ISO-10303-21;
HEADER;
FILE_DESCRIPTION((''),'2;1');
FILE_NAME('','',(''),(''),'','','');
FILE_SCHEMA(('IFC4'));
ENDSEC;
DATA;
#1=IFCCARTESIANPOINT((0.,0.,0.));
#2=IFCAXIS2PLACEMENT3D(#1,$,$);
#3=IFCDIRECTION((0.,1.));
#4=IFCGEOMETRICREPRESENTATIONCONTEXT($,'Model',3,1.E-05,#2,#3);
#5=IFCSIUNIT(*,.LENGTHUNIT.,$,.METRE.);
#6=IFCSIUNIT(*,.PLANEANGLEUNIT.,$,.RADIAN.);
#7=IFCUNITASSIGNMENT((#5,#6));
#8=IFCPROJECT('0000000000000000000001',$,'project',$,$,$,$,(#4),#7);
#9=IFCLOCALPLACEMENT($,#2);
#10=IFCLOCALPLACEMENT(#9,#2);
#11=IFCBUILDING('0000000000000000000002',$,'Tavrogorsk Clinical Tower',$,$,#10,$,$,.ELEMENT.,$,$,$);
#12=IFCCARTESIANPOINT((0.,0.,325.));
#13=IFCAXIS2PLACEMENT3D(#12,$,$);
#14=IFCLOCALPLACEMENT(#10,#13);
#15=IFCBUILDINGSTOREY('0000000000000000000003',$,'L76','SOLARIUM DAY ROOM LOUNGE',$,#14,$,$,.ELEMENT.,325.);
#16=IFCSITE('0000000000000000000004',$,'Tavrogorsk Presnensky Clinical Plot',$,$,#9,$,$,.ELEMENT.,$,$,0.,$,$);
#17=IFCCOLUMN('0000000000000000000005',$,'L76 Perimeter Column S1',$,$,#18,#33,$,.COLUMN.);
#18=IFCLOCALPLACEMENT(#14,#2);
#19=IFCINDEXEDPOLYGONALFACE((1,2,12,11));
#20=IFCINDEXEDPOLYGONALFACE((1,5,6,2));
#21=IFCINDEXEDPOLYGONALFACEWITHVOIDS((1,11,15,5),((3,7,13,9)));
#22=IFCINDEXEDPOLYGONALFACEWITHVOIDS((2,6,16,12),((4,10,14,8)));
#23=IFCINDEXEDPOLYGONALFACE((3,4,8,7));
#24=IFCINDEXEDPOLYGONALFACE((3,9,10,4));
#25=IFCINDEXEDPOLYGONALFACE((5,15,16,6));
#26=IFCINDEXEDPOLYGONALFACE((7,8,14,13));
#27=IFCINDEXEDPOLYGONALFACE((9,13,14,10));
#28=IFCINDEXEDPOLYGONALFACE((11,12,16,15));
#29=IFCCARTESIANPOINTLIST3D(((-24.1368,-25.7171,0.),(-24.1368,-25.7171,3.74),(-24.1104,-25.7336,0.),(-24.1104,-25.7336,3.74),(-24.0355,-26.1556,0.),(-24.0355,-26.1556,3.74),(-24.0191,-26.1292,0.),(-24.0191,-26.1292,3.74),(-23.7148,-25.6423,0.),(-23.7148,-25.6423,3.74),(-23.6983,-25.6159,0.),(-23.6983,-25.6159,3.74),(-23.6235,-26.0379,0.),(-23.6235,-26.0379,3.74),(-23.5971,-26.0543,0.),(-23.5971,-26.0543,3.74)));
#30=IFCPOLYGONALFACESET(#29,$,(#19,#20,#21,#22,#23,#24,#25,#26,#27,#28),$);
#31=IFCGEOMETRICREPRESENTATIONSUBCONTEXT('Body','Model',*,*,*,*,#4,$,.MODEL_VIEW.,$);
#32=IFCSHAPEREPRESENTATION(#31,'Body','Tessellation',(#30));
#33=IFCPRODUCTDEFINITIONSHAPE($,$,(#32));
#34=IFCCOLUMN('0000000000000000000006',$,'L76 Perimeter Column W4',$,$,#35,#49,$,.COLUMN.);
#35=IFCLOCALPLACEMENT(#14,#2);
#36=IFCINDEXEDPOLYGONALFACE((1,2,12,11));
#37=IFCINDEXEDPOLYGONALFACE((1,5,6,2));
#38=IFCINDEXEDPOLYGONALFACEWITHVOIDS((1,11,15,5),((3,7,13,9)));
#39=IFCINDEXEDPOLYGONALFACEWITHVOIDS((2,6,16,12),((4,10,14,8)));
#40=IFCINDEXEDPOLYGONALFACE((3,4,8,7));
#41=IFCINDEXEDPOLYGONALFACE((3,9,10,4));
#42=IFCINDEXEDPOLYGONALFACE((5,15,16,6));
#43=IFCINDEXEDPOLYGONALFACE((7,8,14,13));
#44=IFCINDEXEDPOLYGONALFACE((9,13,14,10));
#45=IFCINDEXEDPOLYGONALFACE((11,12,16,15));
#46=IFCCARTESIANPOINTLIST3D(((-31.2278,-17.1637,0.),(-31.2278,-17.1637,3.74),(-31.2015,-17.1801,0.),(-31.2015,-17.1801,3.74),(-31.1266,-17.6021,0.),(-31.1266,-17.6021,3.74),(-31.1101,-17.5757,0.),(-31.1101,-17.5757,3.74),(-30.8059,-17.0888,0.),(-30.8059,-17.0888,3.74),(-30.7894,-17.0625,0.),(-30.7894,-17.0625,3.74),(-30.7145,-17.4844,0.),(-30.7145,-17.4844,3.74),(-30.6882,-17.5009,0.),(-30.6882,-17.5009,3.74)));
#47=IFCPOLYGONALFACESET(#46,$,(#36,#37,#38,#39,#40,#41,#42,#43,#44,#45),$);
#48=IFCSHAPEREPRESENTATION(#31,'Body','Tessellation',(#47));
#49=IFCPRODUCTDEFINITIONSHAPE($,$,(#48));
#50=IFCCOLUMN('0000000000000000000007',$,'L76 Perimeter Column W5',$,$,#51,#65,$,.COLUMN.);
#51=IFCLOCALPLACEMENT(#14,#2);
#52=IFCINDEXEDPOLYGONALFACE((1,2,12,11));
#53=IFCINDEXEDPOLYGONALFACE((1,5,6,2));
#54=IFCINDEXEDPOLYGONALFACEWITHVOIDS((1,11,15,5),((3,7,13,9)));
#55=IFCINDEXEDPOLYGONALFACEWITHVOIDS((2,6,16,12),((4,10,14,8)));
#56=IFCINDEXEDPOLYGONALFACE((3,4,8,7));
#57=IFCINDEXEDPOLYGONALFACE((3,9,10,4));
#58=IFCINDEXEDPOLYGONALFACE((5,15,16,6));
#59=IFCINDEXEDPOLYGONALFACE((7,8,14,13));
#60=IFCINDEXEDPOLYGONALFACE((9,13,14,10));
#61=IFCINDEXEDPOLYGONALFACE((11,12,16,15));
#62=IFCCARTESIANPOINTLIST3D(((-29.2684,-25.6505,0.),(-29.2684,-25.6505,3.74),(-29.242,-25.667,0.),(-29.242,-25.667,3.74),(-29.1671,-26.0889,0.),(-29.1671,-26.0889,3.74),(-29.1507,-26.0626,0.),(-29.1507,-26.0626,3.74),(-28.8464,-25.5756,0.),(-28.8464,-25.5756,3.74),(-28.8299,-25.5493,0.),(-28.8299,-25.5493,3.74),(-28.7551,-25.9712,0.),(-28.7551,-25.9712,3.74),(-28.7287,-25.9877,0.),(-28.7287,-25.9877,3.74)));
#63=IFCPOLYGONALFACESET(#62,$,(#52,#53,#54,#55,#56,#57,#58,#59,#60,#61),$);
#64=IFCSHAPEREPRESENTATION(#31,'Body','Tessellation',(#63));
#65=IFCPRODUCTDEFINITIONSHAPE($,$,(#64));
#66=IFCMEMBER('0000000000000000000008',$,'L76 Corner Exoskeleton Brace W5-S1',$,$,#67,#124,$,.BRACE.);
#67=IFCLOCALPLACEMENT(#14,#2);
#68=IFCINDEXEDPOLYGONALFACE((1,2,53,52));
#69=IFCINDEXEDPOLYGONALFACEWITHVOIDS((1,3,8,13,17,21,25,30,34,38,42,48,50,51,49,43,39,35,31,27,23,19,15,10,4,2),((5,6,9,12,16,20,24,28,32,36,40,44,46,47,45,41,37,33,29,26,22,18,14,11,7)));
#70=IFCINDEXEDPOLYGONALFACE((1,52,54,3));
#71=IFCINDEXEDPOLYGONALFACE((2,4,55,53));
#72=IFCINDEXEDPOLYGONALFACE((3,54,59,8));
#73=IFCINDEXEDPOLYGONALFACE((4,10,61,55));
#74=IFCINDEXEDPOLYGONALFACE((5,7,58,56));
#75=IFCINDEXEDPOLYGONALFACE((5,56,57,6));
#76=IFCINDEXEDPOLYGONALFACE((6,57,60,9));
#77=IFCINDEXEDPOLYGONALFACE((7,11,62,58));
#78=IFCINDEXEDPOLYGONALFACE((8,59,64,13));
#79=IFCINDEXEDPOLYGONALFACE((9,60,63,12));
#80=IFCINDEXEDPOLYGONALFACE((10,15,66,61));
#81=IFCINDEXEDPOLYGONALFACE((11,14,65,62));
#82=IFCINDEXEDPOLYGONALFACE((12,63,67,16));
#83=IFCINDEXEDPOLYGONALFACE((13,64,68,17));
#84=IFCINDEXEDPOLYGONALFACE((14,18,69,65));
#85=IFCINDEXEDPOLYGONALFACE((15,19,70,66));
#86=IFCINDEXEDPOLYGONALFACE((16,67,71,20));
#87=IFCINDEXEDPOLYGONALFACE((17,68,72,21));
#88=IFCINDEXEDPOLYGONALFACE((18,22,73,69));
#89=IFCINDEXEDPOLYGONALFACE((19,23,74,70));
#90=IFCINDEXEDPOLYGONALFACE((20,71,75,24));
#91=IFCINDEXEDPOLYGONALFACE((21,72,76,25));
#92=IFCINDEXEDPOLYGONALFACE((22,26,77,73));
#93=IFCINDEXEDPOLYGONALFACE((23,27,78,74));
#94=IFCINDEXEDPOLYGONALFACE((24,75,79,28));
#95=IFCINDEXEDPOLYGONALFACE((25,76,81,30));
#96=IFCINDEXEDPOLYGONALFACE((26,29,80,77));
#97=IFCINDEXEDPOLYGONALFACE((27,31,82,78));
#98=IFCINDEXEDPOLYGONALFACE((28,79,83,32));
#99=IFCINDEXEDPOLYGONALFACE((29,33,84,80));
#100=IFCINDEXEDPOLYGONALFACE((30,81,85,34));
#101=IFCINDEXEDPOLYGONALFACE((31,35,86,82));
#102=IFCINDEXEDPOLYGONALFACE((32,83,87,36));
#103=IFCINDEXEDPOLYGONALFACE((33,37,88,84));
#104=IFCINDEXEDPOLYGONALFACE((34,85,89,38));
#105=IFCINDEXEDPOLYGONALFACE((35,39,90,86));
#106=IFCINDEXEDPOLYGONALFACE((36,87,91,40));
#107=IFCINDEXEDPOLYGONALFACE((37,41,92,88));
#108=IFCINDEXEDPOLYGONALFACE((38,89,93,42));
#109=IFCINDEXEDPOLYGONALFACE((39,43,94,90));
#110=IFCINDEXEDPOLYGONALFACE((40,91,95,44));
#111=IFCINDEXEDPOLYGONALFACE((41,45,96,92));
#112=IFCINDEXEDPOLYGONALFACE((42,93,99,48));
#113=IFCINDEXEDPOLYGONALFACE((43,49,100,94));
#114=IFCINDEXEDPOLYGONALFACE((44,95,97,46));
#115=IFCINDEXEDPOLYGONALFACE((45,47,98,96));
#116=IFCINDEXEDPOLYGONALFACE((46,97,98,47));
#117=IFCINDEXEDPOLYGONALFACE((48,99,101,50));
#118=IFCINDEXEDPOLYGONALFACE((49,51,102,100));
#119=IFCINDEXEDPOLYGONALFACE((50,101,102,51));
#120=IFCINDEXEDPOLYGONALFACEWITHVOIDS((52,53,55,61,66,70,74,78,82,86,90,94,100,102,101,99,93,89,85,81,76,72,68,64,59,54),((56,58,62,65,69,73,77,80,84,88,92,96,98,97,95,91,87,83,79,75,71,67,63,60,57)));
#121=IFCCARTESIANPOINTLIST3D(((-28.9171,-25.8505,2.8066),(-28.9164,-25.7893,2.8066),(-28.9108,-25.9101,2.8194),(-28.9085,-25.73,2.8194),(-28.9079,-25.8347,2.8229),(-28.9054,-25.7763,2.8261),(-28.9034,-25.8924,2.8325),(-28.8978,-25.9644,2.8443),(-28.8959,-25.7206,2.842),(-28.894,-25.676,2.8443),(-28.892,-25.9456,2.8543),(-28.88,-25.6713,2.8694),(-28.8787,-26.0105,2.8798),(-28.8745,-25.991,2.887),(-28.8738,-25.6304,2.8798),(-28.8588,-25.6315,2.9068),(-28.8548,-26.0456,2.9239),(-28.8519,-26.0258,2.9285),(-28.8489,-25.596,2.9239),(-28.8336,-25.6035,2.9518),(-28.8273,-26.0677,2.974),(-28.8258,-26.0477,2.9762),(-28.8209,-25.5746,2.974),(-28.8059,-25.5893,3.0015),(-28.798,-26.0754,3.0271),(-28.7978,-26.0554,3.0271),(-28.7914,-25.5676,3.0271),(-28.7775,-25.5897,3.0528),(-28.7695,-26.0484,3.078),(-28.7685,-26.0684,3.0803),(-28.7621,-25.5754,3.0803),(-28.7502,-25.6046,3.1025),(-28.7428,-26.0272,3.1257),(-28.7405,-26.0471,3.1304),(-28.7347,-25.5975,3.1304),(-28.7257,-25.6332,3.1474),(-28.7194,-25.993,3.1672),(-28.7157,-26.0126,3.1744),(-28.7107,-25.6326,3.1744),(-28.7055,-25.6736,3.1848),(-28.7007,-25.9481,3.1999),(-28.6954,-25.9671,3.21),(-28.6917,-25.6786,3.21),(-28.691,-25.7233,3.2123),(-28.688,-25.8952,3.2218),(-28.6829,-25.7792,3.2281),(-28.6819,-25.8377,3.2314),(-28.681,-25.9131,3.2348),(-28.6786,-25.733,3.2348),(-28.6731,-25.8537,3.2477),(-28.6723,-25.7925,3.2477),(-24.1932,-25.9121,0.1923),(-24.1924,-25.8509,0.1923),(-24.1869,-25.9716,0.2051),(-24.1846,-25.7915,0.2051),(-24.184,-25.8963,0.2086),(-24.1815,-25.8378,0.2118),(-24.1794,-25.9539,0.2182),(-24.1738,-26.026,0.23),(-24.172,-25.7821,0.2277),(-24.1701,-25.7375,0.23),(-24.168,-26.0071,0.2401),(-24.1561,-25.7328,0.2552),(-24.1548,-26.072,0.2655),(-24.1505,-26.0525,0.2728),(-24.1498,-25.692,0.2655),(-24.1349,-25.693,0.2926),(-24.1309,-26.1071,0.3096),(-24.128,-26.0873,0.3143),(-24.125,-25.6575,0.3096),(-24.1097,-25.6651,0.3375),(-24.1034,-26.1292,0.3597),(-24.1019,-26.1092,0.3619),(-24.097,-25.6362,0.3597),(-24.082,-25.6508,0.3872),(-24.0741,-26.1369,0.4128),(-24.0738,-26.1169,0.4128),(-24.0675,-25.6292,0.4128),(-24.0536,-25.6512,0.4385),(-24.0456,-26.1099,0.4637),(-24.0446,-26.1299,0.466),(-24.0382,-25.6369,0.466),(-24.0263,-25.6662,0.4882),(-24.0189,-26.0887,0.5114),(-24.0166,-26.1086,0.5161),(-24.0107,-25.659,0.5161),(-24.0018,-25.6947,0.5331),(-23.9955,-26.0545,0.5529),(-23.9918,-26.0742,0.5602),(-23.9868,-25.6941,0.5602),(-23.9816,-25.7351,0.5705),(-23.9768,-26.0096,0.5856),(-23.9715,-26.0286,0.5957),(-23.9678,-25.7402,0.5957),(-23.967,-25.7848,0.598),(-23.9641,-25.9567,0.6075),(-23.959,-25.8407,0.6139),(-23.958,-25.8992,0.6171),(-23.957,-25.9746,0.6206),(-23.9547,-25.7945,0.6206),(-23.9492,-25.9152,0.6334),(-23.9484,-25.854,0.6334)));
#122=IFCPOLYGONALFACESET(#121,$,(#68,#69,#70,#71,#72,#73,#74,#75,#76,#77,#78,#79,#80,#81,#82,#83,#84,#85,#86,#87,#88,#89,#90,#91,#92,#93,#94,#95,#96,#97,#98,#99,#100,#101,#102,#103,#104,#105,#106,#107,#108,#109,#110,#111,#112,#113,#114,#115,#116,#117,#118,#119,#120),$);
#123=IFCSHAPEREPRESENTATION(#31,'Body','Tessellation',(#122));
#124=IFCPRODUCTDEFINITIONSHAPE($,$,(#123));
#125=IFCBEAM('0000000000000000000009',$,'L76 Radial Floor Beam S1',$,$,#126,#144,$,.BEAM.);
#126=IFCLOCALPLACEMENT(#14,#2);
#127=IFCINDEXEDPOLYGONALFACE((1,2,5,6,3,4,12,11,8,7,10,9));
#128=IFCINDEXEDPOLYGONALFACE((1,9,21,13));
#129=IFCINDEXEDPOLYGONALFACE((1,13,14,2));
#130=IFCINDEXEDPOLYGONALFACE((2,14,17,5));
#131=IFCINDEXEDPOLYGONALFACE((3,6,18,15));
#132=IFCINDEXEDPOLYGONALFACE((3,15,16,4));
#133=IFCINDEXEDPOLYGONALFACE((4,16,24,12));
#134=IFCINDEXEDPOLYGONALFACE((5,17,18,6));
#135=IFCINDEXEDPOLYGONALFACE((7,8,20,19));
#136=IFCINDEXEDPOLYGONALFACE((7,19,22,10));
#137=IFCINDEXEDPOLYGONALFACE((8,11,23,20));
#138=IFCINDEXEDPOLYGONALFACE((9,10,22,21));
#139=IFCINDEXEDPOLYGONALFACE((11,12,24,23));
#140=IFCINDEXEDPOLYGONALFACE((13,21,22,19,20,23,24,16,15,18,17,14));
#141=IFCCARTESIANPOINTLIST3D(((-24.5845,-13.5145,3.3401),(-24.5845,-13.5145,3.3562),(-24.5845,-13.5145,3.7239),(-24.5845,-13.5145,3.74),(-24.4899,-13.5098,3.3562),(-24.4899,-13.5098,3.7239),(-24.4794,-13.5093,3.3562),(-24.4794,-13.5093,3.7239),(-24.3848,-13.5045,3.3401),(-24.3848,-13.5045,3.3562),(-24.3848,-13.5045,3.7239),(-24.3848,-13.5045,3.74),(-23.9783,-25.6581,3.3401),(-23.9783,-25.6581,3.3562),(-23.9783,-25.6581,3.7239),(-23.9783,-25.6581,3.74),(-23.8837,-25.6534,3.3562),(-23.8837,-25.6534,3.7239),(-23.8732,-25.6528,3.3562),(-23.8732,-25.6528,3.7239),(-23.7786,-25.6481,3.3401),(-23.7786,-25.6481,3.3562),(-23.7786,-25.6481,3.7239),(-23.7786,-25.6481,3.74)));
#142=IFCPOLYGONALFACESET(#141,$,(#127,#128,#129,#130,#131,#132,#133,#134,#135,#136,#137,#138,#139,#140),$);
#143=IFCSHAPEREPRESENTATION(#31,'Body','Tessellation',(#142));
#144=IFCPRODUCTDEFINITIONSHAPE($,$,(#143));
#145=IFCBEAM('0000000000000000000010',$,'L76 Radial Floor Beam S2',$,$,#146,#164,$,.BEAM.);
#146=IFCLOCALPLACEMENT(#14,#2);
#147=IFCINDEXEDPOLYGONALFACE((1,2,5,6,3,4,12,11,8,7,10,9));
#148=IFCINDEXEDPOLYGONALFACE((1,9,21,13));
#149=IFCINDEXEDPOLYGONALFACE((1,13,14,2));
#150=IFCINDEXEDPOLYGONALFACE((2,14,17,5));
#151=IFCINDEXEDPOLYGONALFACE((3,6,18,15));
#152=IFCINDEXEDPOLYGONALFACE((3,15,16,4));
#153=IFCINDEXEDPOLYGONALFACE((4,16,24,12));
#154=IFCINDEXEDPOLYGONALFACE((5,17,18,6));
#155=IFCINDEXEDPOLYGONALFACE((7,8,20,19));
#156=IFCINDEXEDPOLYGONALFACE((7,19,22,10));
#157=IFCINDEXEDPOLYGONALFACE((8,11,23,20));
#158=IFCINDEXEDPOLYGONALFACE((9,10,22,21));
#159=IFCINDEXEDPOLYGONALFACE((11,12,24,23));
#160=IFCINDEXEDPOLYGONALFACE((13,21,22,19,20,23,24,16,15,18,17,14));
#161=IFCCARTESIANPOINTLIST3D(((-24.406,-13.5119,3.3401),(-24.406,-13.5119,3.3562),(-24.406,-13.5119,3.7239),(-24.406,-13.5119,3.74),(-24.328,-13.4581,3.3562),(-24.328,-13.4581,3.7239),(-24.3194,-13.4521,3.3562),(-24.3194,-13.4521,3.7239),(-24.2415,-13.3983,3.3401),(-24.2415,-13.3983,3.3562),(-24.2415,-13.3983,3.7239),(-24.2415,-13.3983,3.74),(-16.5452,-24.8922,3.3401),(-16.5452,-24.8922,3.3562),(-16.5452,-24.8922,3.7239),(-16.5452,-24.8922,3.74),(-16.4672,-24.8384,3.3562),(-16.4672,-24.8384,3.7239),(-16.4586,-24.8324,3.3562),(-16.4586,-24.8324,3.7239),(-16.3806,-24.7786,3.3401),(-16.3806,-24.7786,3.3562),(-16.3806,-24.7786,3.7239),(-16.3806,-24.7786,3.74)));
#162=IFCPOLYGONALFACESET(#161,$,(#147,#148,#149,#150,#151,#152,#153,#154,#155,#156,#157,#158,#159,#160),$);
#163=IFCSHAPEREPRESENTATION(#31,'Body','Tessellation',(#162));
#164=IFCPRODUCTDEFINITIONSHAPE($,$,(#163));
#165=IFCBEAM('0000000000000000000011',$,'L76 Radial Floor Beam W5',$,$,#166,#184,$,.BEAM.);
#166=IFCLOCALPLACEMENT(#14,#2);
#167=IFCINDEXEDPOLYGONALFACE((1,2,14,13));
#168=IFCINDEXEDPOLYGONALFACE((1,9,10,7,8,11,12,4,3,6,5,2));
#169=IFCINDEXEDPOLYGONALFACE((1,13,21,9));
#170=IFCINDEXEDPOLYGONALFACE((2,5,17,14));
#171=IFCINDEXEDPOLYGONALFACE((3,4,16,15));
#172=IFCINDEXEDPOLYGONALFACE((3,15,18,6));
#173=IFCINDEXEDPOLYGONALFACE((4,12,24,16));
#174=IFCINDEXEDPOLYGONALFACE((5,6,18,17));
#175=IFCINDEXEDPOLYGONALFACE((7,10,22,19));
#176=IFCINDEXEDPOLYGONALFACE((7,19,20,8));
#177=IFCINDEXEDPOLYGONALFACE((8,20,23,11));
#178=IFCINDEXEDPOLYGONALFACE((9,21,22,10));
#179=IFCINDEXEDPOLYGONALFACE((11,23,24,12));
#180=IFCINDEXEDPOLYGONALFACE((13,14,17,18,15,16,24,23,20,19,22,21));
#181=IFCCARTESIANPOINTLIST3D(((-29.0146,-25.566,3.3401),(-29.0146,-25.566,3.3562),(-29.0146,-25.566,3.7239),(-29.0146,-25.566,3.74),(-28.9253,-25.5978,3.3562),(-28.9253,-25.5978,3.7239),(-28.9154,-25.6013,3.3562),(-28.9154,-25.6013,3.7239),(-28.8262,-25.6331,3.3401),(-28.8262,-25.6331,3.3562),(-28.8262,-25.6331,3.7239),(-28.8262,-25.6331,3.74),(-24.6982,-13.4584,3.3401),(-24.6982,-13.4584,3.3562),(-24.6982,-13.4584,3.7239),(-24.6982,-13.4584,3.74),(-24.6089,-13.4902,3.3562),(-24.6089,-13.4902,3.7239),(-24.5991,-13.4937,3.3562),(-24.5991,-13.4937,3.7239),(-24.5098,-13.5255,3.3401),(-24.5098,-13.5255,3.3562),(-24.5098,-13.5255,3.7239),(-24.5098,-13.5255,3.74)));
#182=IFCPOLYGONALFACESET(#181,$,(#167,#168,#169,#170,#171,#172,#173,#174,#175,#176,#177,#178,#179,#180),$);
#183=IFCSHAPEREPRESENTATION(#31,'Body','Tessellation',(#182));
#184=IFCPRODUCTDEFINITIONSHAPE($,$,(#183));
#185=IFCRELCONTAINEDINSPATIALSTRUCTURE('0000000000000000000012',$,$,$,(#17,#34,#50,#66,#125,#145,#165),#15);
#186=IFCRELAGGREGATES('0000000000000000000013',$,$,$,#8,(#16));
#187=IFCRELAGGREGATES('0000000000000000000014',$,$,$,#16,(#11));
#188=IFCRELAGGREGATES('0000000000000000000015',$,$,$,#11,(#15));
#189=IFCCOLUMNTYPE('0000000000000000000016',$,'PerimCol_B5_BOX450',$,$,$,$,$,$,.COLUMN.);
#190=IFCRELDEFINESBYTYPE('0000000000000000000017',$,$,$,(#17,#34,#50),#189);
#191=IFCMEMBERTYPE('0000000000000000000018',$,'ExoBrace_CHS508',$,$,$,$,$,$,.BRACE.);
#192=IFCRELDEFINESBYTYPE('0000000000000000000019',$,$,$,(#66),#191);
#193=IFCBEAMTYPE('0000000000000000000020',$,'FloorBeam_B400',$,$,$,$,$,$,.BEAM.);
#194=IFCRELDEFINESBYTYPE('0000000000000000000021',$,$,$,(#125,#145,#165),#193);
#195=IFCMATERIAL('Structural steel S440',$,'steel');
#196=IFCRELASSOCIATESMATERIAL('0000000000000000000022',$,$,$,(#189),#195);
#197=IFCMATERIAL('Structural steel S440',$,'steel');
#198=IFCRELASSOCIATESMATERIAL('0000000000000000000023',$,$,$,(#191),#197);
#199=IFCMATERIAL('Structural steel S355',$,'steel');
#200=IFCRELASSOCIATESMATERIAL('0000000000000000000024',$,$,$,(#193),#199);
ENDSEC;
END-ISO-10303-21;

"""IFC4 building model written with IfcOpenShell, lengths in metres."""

from ifc_helpers import new_model, si_unit, direction, frame, origin, origin_2d, place, context, subcontext, project, spatial, hollow_rectangle, hollow_circle, i_section, extrude, material, material_profile, profile_set, type_object, element, save


model = new_model("IFC4")

# Units and contexts
model_context = context("Model", 3, precision=1e-05, world=origin(), true_north=direction((0.0, 1.0)))
body_context = subcontext(model_context, "Body", "Model", "MODEL_VIEW")
ifc_project = project(units=[si_unit("LENGTHUNIT", "METRE"), si_unit("PLANEANGLEUNIT", "RADIAN")], contexts=[model_context])

# Site, building, storey
site_placement = place(None, origin())
site = spatial("IfcSite", under=ifc_project, at=site_placement, Name="Tavrogorsk Presnensky Clinical Plot", CompositionType="ELEMENT", RefElevation=0.0)
building_placement = place(site_placement, origin())
building = spatial("IfcBuilding", under=site, at=building_placement, Name="Tavrogorsk Clinical Tower", CompositionType="ELEMENT")
storey_placement = place(building_placement, frame((0.0, 0.0, 325.0)))
storey = spatial("IfcBuildingStorey", under=building, at=storey_placement, Name="L76", Description="SOLARIUM DAY ROOM LOUNGE", CompositionType="ELEMENT", Elevation=325.0)

# Columns
ifc_material_1 = material(Name="Structural steel S440", Category="steel")
ifc_material_profile_1 = material_profile(ifc_material_1, hollow_rectangle(XDim=0.45, YDim=0.45, WallThickness=0.022, at=origin_2d()), Name="BOX-450x450x22")
ifc_profile_set_1 = profile_set([ifc_material_profile_1], Name="Structural steel S440")
column_type = type_object("IfcColumnType", Name="PerimCol_B5_BOX450", PredefinedType="COLUMN", material=ifc_profile_set_1)
for number, where, z_axis, x_axis, name in (
    (1, (-23.8669, -25.8857, 0.0), (0.0, 0.0, 1.0), (0.97437, 0.224951, 0.0), "L76 Perimeter Column S1"),
    (2, (-30.958, -17.3323, 0.0), (0.0, 0.0, 1.0), (0.97437, 0.224951, 0.0), "L76 Perimeter Column W4"),
    (3, (-28.9985, -25.8191, 0.0), (0.0, 0.0, 1.0), (0.97437, 0.224951, 0.0), "L76 Perimeter Column W5"),
):
    element("IfcColumn", number, at=place(storey_placement, frame(where, z_axis=z_axis, x_axis=x_axis)), inside=storey, type_object=column_type, Name=name, PredefinedType="COLUMN", context=body_context, shape_type="SweptSolid", body=[
        extrude(hollow_rectangle(XDim=0.45, YDim=0.45, WallThickness=0.022, at=origin_2d()), origin(), (0.0, 0.0, 1.0), 3.74),
    ])

# Member
ifc_material_2 = material(Name="Structural steel S440", Category="steel")
ifc_material_profile_2 = material_profile(ifc_material_2, hollow_circle(Radius=0.2539, WallThickness=0.02, at=origin_2d()), Name="CHS-508x20")
ifc_profile_set_2 = profile_set([ifc_material_profile_2], Name="Structural steel S440")
member_type_1 = type_object("IfcMemberType", Name="ExoBrace_CHS508", PredefinedType="BRACE", material=ifc_profile_set_2)
member_placement = place(storey_placement, frame((-24.0708, -25.8831, 0.4128), z_axis=(-0.874895, 0.011395, 0.484179), x_axis=(-0.013023, -0.999915, 0.0)))
element("IfcMember", 4, at=member_placement, inside=storey, type_object=member_type_1, Name="L76 Corner Exoskeleton Brace W5-S1", PredefinedType="BRACE", context=body_context, shape_type="SweptSolid", body=[
    extrude(hollow_circle(Radius=0.2539, WallThickness=0.02, at=origin_2d()), origin(), (0.0, 0.0, 1.0), 5.3994),
])

# Beams
ifc_material_3 = material(Name="Structural steel S355", Category="steel")
ifc_material_profile_3 = material_profile(ifc_material_3, i_section(OverallWidth=0.2, OverallDepth=0.3999, WebThickness=0.0105, FlangeThickness=0.0161, at=origin_2d()), Name="B-400x200x10.5x16")
ifc_profile_set_3 = profile_set([ifc_material_profile_3], Name="Structural steel S355")
beam_type_1 = type_object("IfcBeamType", Name="FloorBeam_B400", PredefinedType="BEAM", material=ifc_profile_set_3)
beam_1_placement = place(storey_placement, frame((-24.4846, -13.5095, 3.54), z_axis=(0.049857, -0.998756, 0.0), x_axis=(0.998756, 0.049857, 0.0)))
element("IfcBeam", 5, at=beam_1_placement, inside=storey, type_object=beam_type_1, Name="L76 Radial Floor Beam S1", PredefinedType="BEAM", context=body_context, shape_type="SweptSolid", body=[
    extrude(i_section(OverallWidth=0.2, OverallDepth=0.3999, WebThickness=0.0105, FlangeThickness=0.0161, at=origin_2d()), origin(), (0.0, 0.0, 1.0), 12.1587),
])
beam_2_placement = place(storey_placement, frame((-24.3237, -13.4551, 3.54), z_axis=(0.568336, -0.822797, 0.0), x_axis=(0.822797, 0.568336, 0.0)))
element("IfcBeam", 6, at=beam_2_placement, inside=storey, type_object=beam_type_1, Name="L76 Radial Floor Beam S2", PredefinedType="BEAM", context=body_context, shape_type="SweptSolid", body=[
    extrude(i_section(OverallWidth=0.2, OverallDepth=0.3999, WebThickness=0.0105, FlangeThickness=0.0161, at=origin_2d()), origin(), (0.0, 0.0, 1.0), 13.8313),
])
beam_3_placement = place(storey_placement, frame((-24.604, -13.4919, 3.54), z_axis=(-0.335801, -0.941933, 0.0), x_axis=(0.941933, -0.335801, 0.0)))
element("IfcBeam", 7, at=beam_3_placement, inside=storey, type_object=beam_type_1, Name="L76 Radial Floor Beam W5", PredefinedType="BEAM", context=body_context, shape_type="SweptSolid", body=[
    extrude(i_section(OverallWidth=0.2, OverallDepth=0.3999, WebThickness=0.0105, FlangeThickness=0.0161, at=origin_2d()), origin(), (0.0, 0.0, 1.0), 12.854),
])

save(model, "model.ifc")
